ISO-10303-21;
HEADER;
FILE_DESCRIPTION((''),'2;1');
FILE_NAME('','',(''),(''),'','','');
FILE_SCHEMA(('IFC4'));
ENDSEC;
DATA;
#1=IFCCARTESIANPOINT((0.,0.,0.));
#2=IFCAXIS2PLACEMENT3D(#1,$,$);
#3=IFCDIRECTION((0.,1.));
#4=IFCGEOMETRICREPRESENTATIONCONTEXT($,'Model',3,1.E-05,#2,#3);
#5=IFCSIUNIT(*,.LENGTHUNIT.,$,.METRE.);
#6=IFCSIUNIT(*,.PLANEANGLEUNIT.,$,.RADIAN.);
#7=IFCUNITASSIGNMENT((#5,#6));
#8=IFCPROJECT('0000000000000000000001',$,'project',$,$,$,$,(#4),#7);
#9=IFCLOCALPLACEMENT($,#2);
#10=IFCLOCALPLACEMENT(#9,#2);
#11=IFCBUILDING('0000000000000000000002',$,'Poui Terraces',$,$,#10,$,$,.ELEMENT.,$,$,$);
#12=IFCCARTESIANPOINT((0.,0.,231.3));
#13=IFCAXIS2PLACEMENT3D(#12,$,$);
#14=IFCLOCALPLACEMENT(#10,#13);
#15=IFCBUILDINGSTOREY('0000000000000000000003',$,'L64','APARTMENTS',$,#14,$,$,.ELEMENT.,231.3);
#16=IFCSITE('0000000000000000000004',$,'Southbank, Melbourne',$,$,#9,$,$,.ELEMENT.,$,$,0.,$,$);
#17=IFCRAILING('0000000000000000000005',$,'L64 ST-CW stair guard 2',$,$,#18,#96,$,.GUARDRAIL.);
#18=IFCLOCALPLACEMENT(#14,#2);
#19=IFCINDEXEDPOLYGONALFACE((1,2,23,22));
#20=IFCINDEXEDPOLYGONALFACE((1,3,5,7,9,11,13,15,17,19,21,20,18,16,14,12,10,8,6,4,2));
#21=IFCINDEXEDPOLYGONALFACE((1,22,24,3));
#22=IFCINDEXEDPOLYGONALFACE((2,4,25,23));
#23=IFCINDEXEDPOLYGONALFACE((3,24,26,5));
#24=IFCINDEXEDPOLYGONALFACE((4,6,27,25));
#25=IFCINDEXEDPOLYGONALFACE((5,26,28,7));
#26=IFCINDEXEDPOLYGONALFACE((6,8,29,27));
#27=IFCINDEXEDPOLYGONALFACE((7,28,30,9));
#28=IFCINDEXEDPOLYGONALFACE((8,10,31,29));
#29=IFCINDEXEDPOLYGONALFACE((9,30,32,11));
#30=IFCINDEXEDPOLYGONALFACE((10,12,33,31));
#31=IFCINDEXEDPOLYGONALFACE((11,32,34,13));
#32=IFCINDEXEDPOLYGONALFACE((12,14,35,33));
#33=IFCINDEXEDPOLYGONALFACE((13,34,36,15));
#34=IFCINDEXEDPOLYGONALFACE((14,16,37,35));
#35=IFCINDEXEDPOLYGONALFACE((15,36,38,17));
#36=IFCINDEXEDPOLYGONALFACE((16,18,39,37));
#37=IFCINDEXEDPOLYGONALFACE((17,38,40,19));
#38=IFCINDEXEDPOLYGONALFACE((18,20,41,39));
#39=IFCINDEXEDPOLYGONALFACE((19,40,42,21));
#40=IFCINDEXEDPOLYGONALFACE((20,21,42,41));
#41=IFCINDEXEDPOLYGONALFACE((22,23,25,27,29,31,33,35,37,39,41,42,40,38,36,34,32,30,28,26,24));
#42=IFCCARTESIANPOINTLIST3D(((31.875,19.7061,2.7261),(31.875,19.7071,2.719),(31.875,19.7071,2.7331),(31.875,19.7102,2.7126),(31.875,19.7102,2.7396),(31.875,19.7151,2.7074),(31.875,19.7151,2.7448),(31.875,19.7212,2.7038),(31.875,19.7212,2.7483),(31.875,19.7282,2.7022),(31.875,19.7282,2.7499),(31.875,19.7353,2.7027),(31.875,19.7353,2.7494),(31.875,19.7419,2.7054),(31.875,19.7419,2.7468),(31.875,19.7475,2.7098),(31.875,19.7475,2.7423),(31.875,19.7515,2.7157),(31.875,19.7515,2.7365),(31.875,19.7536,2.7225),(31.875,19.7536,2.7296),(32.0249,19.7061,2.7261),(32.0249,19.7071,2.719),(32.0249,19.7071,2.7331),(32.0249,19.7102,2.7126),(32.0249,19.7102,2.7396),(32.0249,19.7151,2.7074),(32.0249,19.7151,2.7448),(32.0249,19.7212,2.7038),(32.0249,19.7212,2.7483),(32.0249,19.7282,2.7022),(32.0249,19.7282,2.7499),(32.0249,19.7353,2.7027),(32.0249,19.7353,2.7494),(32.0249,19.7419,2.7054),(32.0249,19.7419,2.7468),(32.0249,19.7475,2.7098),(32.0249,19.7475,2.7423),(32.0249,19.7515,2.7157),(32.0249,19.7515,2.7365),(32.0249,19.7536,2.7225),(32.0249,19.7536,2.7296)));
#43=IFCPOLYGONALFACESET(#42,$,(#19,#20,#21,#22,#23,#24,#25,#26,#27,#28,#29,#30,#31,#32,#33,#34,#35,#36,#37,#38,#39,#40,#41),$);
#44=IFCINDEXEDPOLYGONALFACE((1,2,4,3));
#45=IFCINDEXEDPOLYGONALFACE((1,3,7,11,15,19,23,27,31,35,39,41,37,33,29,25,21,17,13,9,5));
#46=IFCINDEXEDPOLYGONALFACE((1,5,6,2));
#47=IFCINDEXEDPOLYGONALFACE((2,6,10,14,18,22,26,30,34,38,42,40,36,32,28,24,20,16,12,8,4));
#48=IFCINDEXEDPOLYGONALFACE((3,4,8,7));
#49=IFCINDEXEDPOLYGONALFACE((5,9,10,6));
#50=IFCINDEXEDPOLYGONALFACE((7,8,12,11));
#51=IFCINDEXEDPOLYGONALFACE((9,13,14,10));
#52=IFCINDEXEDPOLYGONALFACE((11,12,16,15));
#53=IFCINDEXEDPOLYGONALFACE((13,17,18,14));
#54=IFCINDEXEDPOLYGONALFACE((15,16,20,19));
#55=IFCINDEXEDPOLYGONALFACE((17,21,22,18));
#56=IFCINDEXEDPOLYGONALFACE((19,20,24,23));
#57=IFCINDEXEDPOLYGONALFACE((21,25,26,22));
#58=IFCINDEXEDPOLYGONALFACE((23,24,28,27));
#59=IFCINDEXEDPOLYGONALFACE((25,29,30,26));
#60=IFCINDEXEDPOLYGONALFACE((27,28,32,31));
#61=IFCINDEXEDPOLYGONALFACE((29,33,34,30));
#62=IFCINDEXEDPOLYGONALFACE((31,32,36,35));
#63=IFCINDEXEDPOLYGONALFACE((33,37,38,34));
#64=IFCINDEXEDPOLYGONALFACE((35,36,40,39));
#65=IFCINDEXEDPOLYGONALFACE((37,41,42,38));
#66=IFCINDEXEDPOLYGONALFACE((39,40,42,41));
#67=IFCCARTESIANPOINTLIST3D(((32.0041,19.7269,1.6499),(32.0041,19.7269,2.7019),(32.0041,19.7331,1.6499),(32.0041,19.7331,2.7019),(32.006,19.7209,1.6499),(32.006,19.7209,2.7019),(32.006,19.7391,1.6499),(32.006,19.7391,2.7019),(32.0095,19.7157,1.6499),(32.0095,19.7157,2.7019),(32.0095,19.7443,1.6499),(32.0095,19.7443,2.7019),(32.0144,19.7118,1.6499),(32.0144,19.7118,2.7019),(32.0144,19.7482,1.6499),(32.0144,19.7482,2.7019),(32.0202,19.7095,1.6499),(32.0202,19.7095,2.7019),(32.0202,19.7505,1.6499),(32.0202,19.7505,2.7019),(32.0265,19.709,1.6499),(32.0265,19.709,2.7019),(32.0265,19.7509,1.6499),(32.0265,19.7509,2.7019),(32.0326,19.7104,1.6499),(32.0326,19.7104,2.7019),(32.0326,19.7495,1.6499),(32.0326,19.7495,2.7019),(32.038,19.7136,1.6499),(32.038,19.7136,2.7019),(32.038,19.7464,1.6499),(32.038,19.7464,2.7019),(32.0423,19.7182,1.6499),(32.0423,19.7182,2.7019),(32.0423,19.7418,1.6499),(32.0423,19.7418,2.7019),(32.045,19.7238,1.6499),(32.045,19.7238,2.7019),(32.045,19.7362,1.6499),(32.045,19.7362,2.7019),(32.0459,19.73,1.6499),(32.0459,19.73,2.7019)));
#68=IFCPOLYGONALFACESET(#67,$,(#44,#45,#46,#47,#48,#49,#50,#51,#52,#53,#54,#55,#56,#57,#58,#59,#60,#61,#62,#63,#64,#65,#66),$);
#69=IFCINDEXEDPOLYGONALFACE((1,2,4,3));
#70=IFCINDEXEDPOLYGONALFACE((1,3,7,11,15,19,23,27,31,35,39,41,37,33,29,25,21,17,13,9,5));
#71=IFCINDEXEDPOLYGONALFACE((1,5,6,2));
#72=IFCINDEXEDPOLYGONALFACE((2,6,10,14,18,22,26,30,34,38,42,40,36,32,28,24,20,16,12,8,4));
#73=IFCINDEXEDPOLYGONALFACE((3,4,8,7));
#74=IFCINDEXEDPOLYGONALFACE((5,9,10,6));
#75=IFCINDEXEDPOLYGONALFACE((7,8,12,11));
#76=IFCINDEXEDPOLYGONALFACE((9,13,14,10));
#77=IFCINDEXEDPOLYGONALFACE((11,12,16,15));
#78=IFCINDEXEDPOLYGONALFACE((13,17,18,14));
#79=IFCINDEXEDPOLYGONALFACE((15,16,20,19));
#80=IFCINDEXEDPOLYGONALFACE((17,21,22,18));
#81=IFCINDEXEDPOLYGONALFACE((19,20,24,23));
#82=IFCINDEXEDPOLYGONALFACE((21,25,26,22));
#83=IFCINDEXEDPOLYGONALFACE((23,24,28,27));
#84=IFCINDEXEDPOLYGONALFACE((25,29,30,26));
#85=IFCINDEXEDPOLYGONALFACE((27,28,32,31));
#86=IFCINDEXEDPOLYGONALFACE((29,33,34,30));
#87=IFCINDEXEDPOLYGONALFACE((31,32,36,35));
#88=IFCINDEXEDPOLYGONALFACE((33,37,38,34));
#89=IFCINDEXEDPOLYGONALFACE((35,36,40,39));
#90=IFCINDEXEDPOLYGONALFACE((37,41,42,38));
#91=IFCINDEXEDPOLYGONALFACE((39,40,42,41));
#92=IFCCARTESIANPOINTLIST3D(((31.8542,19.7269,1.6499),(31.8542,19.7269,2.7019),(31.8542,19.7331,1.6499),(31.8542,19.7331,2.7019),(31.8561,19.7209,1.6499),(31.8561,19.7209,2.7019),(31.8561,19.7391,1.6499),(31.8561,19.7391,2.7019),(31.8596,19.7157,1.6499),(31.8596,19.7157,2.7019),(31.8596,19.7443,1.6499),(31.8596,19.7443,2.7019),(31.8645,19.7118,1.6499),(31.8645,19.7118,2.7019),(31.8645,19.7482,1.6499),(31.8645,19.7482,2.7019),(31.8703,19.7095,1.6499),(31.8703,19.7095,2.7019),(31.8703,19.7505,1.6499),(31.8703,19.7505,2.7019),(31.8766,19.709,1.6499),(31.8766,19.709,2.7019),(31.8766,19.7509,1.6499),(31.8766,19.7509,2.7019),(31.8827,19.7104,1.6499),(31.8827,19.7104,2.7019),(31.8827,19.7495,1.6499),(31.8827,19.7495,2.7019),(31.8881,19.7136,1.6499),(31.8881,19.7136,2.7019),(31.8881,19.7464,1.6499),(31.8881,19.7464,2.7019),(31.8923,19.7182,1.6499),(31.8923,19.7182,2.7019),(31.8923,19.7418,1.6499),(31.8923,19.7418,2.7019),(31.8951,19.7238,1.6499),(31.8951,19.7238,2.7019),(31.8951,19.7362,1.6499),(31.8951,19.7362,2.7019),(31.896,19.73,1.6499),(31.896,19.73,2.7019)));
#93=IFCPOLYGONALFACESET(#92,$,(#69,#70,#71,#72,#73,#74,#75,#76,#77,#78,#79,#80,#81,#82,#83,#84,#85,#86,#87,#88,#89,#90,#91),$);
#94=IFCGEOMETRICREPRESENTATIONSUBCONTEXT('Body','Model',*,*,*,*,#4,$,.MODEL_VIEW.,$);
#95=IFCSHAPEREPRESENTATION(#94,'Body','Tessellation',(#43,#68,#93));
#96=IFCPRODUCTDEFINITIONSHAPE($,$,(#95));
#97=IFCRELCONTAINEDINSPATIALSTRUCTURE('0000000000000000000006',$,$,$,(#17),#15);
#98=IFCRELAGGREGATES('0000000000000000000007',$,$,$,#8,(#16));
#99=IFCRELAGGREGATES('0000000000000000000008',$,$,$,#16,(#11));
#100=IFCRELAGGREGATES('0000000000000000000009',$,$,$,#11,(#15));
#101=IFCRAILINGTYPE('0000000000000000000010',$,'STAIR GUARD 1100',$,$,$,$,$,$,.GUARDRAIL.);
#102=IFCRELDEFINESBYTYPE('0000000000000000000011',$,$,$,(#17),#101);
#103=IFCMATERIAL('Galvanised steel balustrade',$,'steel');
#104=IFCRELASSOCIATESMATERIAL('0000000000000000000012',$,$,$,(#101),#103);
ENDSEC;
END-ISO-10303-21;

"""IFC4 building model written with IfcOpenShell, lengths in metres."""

from ifc_helpers import new_model, si_unit, direction, frame, origin, origin_2d, place, context, subcontext, project, spatial, circle, extrude, material, type_object, element, save


model = new_model("IFC4")

# Units and contexts
model_context = context("Model", 3, precision=1e-05, world=origin(), true_north=direction((0.0, 1.0)))
body_context = subcontext(model_context, "Body", "Model", "MODEL_VIEW")
ifc_project = project(units=[si_unit("LENGTHUNIT", "METRE"), si_unit("PLANEANGLEUNIT", "RADIAN")], contexts=[model_context])

# Site, building, storey
site_placement = place(None, origin())
site = spatial("IfcSite", under=ifc_project, at=site_placement, Name="Southbank, Melbourne", CompositionType="ELEMENT", RefElevation=0.0)
building_placement = place(site_placement, origin())
building = spatial("IfcBuilding", under=site, at=building_placement, Name="Poui Terraces", CompositionType="ELEMENT")
storey_placement = place(building_placement, frame((0.0, 0.0, 231.3)))
storey = spatial("IfcBuildingStorey", under=building, at=storey_placement, Name="L64", Description="APARTMENTS", CompositionType="ELEMENT", Elevation=231.3)

# Railing
ifc_material_1 = material(Name="Galvanised steel balustrade", Category="steel")
railing_type_1 = type_object("IfcRailingType", Name="STAIR GUARD 1100", PredefinedType="GUARDRAIL", material=ifc_material_1)
railing_1_placement = place(storey_placement, frame((32.0249, 19.73, 1.6499)))
element("IfcRailing", 1, at=railing_1_placement, inside=storey, type_object=railing_type_1, Name="L64 ST-CW stair guard 2", PredefinedType="GUARDRAIL", context=body_context, shape_type="SweptSolid", body=[
    extrude(circle(Radius=0.0239, at=origin_2d()), frame((0.0, 0.0, 1.0762), z_axis=(-1.0, 0.0, 0.0), x_axis=(0.0, -1.0, 0.0)), (0.0, 0.0, 1.0), 0.1499),
    extrude(circle(Radius=0.021, at=origin_2d()), origin(), (0.0, 0.0, 1.0), 1.052),
    extrude(circle(Radius=0.021, at=origin_2d()), frame((-0.1499, 0.0, 0.0)), (0.0, 0.0, 1.0), 1.052),
])

save(model, "model.ifc")
